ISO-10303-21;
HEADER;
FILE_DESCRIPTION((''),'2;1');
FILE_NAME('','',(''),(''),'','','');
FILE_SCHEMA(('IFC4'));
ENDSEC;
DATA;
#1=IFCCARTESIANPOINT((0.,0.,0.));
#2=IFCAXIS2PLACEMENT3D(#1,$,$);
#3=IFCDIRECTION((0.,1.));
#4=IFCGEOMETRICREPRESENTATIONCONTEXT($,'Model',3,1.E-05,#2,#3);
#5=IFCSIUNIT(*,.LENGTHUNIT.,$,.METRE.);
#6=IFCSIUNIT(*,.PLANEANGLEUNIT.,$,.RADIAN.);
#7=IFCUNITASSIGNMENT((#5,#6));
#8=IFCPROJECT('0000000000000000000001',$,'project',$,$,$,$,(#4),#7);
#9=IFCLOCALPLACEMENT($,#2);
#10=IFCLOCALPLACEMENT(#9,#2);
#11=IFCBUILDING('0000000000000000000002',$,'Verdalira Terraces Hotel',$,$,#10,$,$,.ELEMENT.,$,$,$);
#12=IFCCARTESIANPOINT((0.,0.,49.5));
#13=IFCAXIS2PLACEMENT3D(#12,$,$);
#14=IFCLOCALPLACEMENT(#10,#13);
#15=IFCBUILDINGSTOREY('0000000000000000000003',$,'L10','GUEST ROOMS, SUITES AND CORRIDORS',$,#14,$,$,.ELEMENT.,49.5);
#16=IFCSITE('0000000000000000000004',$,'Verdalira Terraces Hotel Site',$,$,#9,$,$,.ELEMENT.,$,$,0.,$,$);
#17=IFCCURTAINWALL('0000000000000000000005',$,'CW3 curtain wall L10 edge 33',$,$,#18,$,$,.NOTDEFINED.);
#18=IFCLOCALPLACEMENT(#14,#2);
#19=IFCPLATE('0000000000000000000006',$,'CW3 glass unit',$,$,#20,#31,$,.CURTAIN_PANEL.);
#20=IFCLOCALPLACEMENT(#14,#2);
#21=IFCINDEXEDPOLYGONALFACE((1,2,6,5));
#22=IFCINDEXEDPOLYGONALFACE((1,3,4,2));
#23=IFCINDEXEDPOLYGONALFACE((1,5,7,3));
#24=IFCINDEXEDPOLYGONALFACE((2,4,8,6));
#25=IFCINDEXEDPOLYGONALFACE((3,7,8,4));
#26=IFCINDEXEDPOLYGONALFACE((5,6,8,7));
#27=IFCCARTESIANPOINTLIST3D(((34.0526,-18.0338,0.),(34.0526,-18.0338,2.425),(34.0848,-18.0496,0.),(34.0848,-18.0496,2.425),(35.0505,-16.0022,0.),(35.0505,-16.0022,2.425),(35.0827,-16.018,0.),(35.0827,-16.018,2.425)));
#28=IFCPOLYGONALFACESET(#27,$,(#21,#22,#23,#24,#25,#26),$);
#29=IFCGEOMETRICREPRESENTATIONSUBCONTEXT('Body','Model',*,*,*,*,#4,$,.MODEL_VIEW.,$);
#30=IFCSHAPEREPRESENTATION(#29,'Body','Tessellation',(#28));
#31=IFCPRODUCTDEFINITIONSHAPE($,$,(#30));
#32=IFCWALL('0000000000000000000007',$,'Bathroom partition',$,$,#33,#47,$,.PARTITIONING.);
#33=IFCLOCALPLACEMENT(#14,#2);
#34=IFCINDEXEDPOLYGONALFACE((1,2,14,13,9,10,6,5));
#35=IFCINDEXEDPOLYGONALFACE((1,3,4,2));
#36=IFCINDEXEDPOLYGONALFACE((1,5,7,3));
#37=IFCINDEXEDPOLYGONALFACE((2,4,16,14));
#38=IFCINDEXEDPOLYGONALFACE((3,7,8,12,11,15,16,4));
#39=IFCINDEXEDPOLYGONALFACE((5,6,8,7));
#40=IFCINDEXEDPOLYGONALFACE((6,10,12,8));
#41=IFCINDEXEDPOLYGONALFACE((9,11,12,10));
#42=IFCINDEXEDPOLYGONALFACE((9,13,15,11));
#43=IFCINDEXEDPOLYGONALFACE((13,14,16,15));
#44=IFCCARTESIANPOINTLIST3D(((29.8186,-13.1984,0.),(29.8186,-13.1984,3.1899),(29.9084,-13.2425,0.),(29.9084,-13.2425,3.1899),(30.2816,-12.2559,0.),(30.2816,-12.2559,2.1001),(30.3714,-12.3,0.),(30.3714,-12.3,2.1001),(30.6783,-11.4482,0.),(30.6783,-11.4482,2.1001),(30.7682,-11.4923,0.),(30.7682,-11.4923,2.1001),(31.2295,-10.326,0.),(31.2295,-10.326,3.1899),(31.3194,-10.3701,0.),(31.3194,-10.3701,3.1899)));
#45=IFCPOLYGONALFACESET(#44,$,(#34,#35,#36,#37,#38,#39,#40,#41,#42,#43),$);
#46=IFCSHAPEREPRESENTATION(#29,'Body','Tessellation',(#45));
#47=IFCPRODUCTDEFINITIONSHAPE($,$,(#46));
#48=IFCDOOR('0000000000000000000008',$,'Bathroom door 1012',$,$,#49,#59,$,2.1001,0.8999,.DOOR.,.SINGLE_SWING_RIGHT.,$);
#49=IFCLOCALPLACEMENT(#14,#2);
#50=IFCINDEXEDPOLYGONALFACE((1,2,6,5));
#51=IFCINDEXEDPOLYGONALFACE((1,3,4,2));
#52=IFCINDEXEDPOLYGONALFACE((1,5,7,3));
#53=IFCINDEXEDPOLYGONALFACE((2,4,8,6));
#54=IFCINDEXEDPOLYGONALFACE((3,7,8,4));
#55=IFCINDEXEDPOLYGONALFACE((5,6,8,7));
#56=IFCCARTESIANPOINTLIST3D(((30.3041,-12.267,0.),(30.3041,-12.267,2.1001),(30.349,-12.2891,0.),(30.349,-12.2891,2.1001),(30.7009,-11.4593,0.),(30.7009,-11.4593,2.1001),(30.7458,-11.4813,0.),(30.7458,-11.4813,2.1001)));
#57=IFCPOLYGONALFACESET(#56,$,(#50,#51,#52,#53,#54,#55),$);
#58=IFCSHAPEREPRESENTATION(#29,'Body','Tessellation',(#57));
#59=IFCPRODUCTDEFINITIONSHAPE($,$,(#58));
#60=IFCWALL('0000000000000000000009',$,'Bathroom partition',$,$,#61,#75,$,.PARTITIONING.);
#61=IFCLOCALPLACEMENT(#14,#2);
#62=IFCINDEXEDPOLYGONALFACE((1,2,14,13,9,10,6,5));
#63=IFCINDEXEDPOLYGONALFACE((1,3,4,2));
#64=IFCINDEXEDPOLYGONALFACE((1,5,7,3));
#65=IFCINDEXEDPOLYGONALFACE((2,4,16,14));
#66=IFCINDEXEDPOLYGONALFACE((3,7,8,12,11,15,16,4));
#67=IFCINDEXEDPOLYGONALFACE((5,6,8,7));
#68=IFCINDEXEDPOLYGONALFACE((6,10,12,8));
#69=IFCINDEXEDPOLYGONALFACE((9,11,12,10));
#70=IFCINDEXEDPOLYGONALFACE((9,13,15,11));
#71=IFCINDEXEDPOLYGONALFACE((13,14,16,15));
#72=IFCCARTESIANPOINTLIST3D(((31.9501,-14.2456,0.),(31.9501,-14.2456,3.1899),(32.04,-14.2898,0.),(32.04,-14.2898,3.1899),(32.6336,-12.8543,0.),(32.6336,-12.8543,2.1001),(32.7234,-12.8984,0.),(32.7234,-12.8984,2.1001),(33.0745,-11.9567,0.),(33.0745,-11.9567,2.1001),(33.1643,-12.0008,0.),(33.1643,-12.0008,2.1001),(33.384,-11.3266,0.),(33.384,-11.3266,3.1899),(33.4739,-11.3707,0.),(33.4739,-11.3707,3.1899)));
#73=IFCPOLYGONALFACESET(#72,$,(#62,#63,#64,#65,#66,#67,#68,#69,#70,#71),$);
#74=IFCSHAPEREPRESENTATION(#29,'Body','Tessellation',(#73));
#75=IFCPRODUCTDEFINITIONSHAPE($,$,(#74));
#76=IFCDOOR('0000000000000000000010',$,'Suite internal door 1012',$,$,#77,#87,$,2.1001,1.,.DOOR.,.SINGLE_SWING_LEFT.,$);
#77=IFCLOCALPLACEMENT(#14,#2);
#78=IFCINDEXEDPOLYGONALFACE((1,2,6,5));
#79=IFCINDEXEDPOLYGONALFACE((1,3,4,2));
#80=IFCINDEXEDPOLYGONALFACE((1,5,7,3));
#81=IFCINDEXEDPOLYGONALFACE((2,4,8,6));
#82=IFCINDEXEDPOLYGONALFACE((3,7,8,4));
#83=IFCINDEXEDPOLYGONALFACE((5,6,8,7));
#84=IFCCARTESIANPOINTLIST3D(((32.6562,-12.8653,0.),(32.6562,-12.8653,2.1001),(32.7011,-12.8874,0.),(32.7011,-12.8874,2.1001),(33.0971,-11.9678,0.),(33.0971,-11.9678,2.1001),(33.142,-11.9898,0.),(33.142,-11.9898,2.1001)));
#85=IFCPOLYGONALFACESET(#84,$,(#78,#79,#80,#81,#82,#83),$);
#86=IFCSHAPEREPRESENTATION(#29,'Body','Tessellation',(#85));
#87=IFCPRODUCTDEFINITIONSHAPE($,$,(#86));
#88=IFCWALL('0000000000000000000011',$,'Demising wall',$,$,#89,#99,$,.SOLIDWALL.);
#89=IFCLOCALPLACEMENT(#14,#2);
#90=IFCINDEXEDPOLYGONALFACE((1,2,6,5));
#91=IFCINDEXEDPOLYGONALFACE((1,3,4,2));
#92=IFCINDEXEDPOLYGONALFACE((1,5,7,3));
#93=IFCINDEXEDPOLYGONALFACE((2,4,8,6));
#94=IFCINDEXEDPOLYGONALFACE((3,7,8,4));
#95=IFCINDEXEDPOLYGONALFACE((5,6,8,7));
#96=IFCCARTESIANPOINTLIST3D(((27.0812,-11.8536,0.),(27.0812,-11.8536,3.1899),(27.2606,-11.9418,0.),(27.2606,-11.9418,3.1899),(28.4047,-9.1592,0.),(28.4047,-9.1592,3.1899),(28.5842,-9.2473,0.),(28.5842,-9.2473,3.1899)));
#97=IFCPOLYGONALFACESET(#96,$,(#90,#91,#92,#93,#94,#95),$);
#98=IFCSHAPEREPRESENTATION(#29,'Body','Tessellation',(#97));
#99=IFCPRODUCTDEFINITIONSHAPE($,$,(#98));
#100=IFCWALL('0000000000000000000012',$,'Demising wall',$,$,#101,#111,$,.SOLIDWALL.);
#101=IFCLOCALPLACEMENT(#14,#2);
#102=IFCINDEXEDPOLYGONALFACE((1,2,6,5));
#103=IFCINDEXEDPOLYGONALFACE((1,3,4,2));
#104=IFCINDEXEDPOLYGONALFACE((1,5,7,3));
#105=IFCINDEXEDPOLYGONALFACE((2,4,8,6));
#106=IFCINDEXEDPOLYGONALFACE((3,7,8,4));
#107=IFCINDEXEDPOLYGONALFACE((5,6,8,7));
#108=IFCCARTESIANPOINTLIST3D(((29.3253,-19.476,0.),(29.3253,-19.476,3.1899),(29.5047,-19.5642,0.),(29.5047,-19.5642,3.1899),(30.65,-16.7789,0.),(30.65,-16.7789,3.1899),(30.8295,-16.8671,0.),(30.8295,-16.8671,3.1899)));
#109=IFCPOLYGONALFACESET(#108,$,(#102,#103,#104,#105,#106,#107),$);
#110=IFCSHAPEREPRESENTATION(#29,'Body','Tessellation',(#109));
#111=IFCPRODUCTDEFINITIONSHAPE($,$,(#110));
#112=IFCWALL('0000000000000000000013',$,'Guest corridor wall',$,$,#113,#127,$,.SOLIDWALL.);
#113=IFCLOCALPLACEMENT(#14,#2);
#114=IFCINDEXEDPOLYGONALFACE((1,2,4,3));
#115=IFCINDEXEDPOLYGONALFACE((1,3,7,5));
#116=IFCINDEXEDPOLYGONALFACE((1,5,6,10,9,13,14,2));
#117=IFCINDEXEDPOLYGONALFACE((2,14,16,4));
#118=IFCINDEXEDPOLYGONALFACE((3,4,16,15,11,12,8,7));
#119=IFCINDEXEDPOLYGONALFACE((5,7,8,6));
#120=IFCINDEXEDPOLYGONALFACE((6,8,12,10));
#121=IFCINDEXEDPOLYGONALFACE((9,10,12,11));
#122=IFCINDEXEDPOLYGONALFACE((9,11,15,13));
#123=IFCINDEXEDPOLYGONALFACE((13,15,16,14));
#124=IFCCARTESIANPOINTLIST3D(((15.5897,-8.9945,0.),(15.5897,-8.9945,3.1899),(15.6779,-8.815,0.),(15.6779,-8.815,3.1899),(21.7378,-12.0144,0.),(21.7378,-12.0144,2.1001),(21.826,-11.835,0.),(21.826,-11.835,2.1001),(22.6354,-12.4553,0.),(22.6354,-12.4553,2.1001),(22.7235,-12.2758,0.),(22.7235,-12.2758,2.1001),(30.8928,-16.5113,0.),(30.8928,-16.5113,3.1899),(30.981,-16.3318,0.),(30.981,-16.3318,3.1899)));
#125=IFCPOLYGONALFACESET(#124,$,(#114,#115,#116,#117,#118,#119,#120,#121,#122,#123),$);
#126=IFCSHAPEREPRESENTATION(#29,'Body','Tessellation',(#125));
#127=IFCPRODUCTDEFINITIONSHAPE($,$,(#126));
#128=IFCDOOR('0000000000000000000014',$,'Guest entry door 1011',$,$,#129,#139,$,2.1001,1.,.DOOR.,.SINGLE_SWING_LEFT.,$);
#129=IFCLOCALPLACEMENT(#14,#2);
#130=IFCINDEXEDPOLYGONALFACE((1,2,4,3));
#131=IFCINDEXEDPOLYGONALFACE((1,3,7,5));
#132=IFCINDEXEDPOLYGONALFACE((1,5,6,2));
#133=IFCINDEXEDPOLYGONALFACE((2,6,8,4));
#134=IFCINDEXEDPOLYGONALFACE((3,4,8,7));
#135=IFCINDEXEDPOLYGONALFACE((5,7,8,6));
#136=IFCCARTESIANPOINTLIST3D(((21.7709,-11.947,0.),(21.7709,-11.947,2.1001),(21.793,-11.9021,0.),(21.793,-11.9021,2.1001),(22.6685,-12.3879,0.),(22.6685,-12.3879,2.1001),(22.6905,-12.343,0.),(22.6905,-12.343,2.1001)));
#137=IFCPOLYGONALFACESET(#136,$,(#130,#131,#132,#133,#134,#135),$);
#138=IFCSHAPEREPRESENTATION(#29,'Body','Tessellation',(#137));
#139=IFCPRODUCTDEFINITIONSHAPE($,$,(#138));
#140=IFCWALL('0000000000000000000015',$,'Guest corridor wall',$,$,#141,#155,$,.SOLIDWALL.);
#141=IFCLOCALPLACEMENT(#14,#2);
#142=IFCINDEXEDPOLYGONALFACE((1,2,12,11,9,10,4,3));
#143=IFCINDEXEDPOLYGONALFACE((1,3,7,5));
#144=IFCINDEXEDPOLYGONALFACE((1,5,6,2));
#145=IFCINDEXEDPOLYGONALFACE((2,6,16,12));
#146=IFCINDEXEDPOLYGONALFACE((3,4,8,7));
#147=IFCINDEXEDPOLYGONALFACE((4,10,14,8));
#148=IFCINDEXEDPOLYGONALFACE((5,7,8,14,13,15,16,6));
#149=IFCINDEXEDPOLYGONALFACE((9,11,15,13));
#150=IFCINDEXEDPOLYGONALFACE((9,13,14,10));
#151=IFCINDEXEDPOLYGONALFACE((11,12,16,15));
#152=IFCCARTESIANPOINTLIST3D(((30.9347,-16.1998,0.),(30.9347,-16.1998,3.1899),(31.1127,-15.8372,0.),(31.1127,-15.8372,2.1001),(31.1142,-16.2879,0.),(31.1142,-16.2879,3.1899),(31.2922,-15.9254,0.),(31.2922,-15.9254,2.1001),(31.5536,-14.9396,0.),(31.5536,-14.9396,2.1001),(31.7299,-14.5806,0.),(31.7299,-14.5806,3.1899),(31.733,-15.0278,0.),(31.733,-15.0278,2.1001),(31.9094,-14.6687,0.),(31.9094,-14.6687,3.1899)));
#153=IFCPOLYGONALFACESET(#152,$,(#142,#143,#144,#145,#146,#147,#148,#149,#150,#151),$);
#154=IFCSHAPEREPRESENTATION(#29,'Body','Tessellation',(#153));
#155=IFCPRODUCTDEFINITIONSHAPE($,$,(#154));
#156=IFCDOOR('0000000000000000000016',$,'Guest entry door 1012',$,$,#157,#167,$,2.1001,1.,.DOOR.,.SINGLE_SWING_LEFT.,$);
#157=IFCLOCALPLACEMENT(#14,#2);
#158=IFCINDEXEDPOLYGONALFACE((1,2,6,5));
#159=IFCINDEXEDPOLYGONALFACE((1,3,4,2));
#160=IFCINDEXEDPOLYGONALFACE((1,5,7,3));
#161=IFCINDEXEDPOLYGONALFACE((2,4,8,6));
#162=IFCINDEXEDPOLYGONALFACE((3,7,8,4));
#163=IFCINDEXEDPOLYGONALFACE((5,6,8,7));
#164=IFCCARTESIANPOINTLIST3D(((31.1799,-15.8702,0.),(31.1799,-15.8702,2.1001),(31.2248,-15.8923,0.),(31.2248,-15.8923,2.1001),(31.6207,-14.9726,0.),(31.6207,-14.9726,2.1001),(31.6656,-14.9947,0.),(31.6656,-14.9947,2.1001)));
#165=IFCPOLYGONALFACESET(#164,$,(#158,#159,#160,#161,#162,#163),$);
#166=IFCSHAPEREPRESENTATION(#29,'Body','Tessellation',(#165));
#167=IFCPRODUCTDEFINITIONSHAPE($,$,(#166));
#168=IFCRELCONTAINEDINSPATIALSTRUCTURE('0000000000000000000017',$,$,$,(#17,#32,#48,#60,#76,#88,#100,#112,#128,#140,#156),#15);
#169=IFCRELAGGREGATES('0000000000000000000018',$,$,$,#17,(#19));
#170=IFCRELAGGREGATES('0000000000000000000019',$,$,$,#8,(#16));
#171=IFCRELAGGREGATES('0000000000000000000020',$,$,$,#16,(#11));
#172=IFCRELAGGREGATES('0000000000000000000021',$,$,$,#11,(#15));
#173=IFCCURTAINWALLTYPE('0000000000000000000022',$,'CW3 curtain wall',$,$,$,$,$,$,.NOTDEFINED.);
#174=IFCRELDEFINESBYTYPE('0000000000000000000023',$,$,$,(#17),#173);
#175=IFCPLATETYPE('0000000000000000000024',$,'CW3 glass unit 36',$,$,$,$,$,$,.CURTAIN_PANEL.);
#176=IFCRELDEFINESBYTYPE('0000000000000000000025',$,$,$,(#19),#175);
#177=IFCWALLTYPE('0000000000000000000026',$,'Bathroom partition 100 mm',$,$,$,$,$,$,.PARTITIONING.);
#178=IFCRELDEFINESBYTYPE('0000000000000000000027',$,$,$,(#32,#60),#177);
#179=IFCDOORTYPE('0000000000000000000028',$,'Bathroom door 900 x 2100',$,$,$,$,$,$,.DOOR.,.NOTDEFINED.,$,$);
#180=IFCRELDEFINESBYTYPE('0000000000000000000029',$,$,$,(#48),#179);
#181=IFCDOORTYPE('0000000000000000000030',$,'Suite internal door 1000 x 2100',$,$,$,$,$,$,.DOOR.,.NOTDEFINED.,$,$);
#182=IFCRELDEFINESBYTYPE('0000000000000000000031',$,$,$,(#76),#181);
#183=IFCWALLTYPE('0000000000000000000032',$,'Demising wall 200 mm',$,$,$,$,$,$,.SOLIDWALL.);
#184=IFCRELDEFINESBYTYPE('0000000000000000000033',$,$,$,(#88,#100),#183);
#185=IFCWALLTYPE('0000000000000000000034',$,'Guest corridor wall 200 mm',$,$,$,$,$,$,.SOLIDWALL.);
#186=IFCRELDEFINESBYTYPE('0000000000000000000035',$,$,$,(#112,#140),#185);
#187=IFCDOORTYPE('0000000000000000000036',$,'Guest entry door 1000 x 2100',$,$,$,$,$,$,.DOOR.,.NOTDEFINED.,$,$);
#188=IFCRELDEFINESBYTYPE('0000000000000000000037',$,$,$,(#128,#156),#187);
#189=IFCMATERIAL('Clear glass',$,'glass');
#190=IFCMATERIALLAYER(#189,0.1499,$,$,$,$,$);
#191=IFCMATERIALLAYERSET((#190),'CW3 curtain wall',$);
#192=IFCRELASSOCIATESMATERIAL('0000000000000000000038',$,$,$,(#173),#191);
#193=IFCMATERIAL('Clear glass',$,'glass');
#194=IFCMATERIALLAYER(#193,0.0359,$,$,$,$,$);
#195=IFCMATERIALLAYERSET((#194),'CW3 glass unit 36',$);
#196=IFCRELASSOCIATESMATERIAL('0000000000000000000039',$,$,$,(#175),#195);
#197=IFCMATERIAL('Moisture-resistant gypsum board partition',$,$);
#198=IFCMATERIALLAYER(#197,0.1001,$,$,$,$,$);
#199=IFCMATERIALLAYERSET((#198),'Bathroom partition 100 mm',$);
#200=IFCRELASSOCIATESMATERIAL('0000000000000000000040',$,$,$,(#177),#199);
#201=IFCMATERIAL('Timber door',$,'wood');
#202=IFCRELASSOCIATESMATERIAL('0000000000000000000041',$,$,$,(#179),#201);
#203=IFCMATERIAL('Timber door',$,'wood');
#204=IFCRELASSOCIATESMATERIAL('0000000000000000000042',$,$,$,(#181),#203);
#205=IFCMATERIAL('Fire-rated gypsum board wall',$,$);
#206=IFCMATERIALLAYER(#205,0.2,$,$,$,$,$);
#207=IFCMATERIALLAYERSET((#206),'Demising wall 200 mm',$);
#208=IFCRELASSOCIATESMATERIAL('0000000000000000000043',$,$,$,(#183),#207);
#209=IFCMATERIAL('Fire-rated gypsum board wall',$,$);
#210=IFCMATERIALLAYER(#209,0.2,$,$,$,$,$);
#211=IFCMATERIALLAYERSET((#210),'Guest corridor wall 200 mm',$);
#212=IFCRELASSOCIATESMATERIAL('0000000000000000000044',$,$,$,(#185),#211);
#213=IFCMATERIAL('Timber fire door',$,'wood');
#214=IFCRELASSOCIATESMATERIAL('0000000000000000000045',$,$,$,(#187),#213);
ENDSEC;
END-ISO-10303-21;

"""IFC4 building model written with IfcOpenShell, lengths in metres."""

from ifc_helpers import new_model, si_unit, direction, frame, frame_2d, origin, origin_2d, place, context, subcontext, project, spatial, rectangle, extrude, material, layer, layer_set, type_object, element, fill, aggregate, save


model = new_model("IFC4")

# Units and contexts
model_context = context("Model", 3, precision=1e-05, world=origin(), true_north=direction((0.0, 1.0)))
body_context = subcontext(model_context, "Body", "Model", "MODEL_VIEW")
ifc_project = project(units=[si_unit("LENGTHUNIT", "METRE"), si_unit("PLANEANGLEUNIT", "RADIAN")], contexts=[model_context])

# Site, building, storey
site_placement = place(None, origin())
site = spatial("IfcSite", under=ifc_project, at=site_placement, Name="Verdalira Terraces Hotel Site", CompositionType="ELEMENT", RefElevation=0.0)
building_placement = place(site_placement, origin())
building = spatial("IfcBuilding", under=site, at=building_placement, Name="Verdalira Terraces Hotel", CompositionType="ELEMENT")
storey_placement = place(building_placement, frame((0.0, 0.0, 49.5)))
storey = spatial("IfcBuildingStorey", under=building, at=storey_placement, Name="L10", Description="GUEST ROOMS, SUITES AND CORRIDORS", CompositionType="ELEMENT", Elevation=49.5)

# Curtain wall
ifc_material_1 = material(Name="Clear glass", Category="glass")
ifc_layer_1 = layer(ifc_material_1, 0.1499)
ifc_layer_set_1 = layer_set([ifc_layer_1], Name="CW3 curtain wall")
curtain_wall_type_1 = type_object("IfcCurtainWallType", Name="CW3 curtain wall", PredefinedType="NOTDEFINED", material=ifc_layer_set_1)
curtain_wall_1_placement = place(storey_placement, origin())
curtain_wall_1 = element("IfcCurtainWall", 1, at=curtain_wall_1_placement, inside=storey, type_object=curtain_wall_type_1, Name="CW3 curtain wall L10 edge 33", PredefinedType="NOTDEFINED")

# Plate
ifc_material_2 = material(Name="Clear glass", Category="glass")
ifc_layer_2 = layer(ifc_material_2, 0.0359)
ifc_layer_set_2 = layer_set([ifc_layer_2], Name="CW3 glass unit 36")
plate_type = type_object("IfcPlateType", Name="CW3 glass unit 36", PredefinedType="CURTAIN_PANEL", material=ifc_layer_set_2)
plate_placement = place(storey_placement, frame((34.5676, -17.0259, 0.0), z_axis=(0.0, 0.0, 1.0), x_axis=(0.440879, 0.897566, 0.0)))
plate = element("IfcPlate", 2, at=plate_placement, type_object=plate_type, Name="CW3 glass unit", PredefinedType="CURTAIN_PANEL", context=body_context, shape_type="SweptSolid", body=[
    extrude(rectangle(XDim=2.2634, YDim=0.0359, at=origin_2d()), origin(), (0.0, 0.0, 1.0), 2.425),
])
aggregate(curtain_wall_1, [plate])

# Walls, openings, doors
ifc_material_3 = material(Name="Moisture-resistant gypsum board partition")
ifc_layer_3 = layer(ifc_material_3, 0.1001)
ifc_layer_set_3 = layer_set([ifc_layer_3], Name="Bathroom partition 100 mm")
wall_type_1 = type_object("IfcWallType", Name="Bathroom partition 100 mm", PredefinedType="PARTITIONING", material=ifc_layer_set_3)
wall_1_placement = place(storey_placement, frame((29.8635, -13.2205, 0.0), z_axis=(0.0, 0.0, 1.0), x_axis=(0.440886, 0.897563, 0.0)))
wall_1 = element("IfcWall", 3, at=wall_1_placement, inside=storey, type_object=wall_type_1, Name="Bathroom partition", PredefinedType="PARTITIONING", context=body_context, shape_type="SweptSolid", body=[
    extrude(rectangle(XDim=3.2002, YDim=0.1001, at=frame_2d((1.6001, 0.0))), origin(), (0.0, 0.0, 1.0), 3.1899),
])
opening_1_placement = place(wall_1_placement, frame((1.05, 0.0, 0.0)))
opening_1 = element("IfcOpeningElement", 4, at=opening_1_placement, cuts=wall_1, PredefinedType="OPENING", context=body_context, shape_type="SweptSolid", body=[
    extrude(rectangle(XDim=0.8999, YDim=2.1001, at=frame_2d((0.45, 1.05))), frame((0.0, 0.0601, 0.0), z_axis=(0.0, -1.0, 0.0), x_axis=(1.0, 0.0, 0.0)), (0.0, 0.0, 1.0), 0.1201),
])
ifc_material_4 = material(Name="Timber door", Category="wood")
door_type_1 = type_object("IfcDoorType", Name="Bathroom door 900 x 2100", OperationType="NOTDEFINED", PredefinedType="DOOR", material=ifc_material_4)
door_1_placement = place(opening_1_placement, origin())
door_1 = element("IfcDoor", 5, at=door_1_placement, inside=storey, type_object=door_type_1, Name="Bathroom door 1012", OperationType="SINGLE_SWING_RIGHT", OverallHeight=2.1001, OverallWidth=0.8999, PredefinedType="DOOR", context=body_context, shape_type="SweptSolid", body=[
    extrude(rectangle(XDim=0.8999, YDim=2.1001, at=frame_2d((0.45, 1.05))), frame((0.0, 0.0249, 0.0), z_axis=(0.0, -1.0, 0.0), x_axis=(1.0, 0.0, 0.0)), (0.0, 0.0, 1.0), 0.05),
])
fill(opening_1, door_1)
wall_2_placement = place(storey_placement, frame((31.9951, -14.2676, 0.0), z_axis=(0.0, 0.0, 1.0), x_axis=(0.440896, 0.897558, 0.0)))
wall_2 = element("IfcWall", 6, at=wall_2_placement, inside=storey, type_object=wall_type_1, Name="Bathroom partition", PredefinedType="PARTITIONING", context=body_context, shape_type="SweptSolid", body=[
    extrude(rectangle(XDim=3.2522, YDim=0.1001, at=frame_2d((1.626, 0.0))), origin(), (0.0, 0.0, 1.0), 3.1899),
])
opening_2_placement = place(wall_2_placement, frame((1.55, 0.0, 0.0)))
opening_2 = element("IfcOpeningElement", 7, at=opening_2_placement, cuts=wall_2, PredefinedType="OPENING", context=body_context, shape_type="SweptSolid", body=[
    extrude(rectangle(XDim=1.0, YDim=2.1001, at=frame_2d((0.5, 1.05))), frame((0.0, 0.0601, 0.0), z_axis=(0.0, -1.0, 0.0), x_axis=(1.0, 0.0, 0.0)), (0.0, 0.0, 1.0), 0.1201),
])
ifc_material_5 = material(Name="Timber door", Category="wood")
door_type_2 = type_object("IfcDoorType", Name="Suite internal door 1000 x 2100", OperationType="NOTDEFINED", PredefinedType="DOOR", material=ifc_material_5)
door_2_placement = place(opening_2_placement, origin())
door_2 = element("IfcDoor", 8, at=door_2_placement, inside=storey, type_object=door_type_2, Name="Suite internal door 1012", OperationType="SINGLE_SWING_LEFT", OverallHeight=2.1001, OverallWidth=1.0, PredefinedType="DOOR", context=body_context, shape_type="SweptSolid", body=[
    extrude(rectangle(XDim=1.0, YDim=2.1001, at=frame_2d((0.5, 1.05))), frame((0.0, 0.0249, 0.0), z_axis=(0.0, -1.0, 0.0), x_axis=(1.0, 0.0, 0.0)), (0.0, 0.0, 1.0), 0.05),
])
fill(opening_2, door_2)

# Walls
ifc_material_6 = material(Name="Fire-rated gypsum board wall")
ifc_layer_4 = layer(ifc_material_6, 0.2)
ifc_layer_set_4 = layer_set([ifc_layer_4], Name="Demising wall 200 mm")
wall_type_2 = type_object("IfcWallType", Name="Demising wall 200 mm", PredefinedType="SOLIDWALL", material=ifc_layer_set_4)
wall_3_placement = place(storey_placement, frame((27.1709, -11.8977, 0.0), z_axis=(0.0, 0.0, 1.0), x_axis=(0.440891, 0.897561, 0.0)))
element("IfcWall", 9, at=wall_3_placement, inside=storey, type_object=wall_type_2, Name="Demising wall", PredefinedType="SOLIDWALL", context=body_context, shape_type="SweptSolid", body=[
    extrude(rectangle(XDim=3.002, YDim=0.2, at=frame_2d((1.501, 0.0))), origin(), (0.0, 0.0, 1.0), 3.1899),
])
wall_4_placement = place(storey_placement, frame((30.7397, -16.823, 0.0), z_axis=(0.0, 0.0, 1.0), x_axis=(-0.440865, -0.897574, 0.0)))
element("IfcWall", 10, at=wall_4_placement, inside=storey, type_object=wall_type_2, Name="Demising wall", PredefinedType="SOLIDWALL", context=body_context, shape_type="SweptSolid", body=[
    extrude(rectangle(XDim=3.0049, YDim=0.2, at=frame_2d((1.5024, 0.0))), origin(), (0.0, 0.0, 1.0), 3.1899),
])

# Walls, openings, doors
ifc_material_7 = material(Name="Fire-rated gypsum board wall")
ifc_layer_5 = layer(ifc_material_7, 0.2)
ifc_layer_set_5 = layer_set([ifc_layer_5], Name="Guest corridor wall 200 mm")
wall_type_3 = type_object("IfcWallType", Name="Guest corridor wall 200 mm", PredefinedType="SOLIDWALL", material=ifc_layer_set_5)
wall_5_placement = place(storey_placement, frame((30.937, -16.4216, 0.0), z_axis=(0.0, 0.0, 1.0), x_axis=(-0.897567, 0.440879, 0.0)))
wall_5 = element("IfcWall", 11, at=wall_5_placement, inside=storey, type_object=wall_type_3, Name="Guest corridor wall", PredefinedType="SOLIDWALL", context=body_context, shape_type="SweptSolid", body=[
    extrude(rectangle(XDim=17.0496, YDim=0.2, at=frame_2d((8.5249, 0.0))), origin(), (0.0, 0.0, 1.0), 3.1899),
])
opening_3_placement = place(wall_5_placement, frame((9.2, 0.0, 0.0)))
opening_3 = element("IfcOpeningElement", 12, at=opening_3_placement, cuts=wall_5, PredefinedType="OPENING", context=body_context, shape_type="SweptSolid", body=[
    extrude(rectangle(XDim=1.0, YDim=2.1001, at=frame_2d((0.5, 1.05))), frame((0.0, 0.1099, 0.0), z_axis=(0.0, -1.0, 0.0), x_axis=(1.0, 0.0, 0.0)), (0.0, 0.0, 1.0), 0.22),
])
ifc_material_8 = material(Name="Timber fire door", Category="wood")
door_type_3 = type_object("IfcDoorType", Name="Guest entry door 1000 x 2100", OperationType="NOTDEFINED", PredefinedType="DOOR", material=ifc_material_8)
door_3_placement = place(opening_3_placement, origin())
door_3 = element("IfcDoor", 13, at=door_3_placement, inside=storey, type_object=door_type_3, Name="Guest entry door 1011", OperationType="SINGLE_SWING_LEFT", OverallHeight=2.1001, OverallWidth=1.0, PredefinedType="DOOR", context=body_context, shape_type="SweptSolid", body=[
    extrude(rectangle(XDim=1.0, YDim=2.1001, at=frame_2d((0.5, 1.05))), frame((0.0, 0.0249, 0.0), z_axis=(0.0, -1.0, 0.0), x_axis=(1.0, 0.0, 0.0)), (0.0, 0.0, 1.0), 0.05),
])
fill(opening_3, door_3)
wall_6_placement = place(storey_placement, frame((31.8196, -14.6248, 0.0), z_axis=(0.0, 0.0, 1.0), x_axis=(-0.440814, -0.897598, 0.0)))
wall_6 = element("IfcWall", 14, at=wall_6_placement, inside=storey, type_object=wall_type_3, Name="Guest corridor wall", PredefinedType="SOLIDWALL", context=body_context, shape_type="SweptSolid", body=[
    extrude(rectangle(XDim=1.804, YDim=0.2, at=frame_2d((0.9019, 0.0))), origin(), (0.0, 0.0, 1.0), 3.1899),
])
opening_4_placement = place(wall_6_placement, frame((0.3999, 0.0, 0.0)))
opening_4 = element("IfcOpeningElement", 15, at=opening_4_placement, cuts=wall_6, PredefinedType="OPENING", context=body_context, shape_type="SweptSolid", body=[
    extrude(rectangle(XDim=1.0, YDim=2.1001, at=frame_2d((0.5, 1.05))), frame((0.0, 0.1099, 0.0), z_axis=(0.0, -1.0, 0.0), x_axis=(1.0, 0.0, 0.0)), (0.0, 0.0, 1.0), 0.22),
])
door_4_placement = place(opening_4_placement, origin())
door_4 = element("IfcDoor", 16, at=door_4_placement, inside=storey, type_object=door_type_3, Name="Guest entry door 1012", OperationType="SINGLE_SWING_LEFT", OverallHeight=2.1001, OverallWidth=1.0, PredefinedType="DOOR", context=body_context, shape_type="SweptSolid", body=[
    extrude(rectangle(XDim=1.0, YDim=2.1001, at=frame_2d((0.5, 1.05))), frame((0.0, 0.0249, 0.0), z_axis=(0.0, -1.0, 0.0), x_axis=(1.0, 0.0, 0.0)), (0.0, 0.0, 1.0), 0.05),
])
fill(opening_4, door_4)

save(model, "model.ifc")
